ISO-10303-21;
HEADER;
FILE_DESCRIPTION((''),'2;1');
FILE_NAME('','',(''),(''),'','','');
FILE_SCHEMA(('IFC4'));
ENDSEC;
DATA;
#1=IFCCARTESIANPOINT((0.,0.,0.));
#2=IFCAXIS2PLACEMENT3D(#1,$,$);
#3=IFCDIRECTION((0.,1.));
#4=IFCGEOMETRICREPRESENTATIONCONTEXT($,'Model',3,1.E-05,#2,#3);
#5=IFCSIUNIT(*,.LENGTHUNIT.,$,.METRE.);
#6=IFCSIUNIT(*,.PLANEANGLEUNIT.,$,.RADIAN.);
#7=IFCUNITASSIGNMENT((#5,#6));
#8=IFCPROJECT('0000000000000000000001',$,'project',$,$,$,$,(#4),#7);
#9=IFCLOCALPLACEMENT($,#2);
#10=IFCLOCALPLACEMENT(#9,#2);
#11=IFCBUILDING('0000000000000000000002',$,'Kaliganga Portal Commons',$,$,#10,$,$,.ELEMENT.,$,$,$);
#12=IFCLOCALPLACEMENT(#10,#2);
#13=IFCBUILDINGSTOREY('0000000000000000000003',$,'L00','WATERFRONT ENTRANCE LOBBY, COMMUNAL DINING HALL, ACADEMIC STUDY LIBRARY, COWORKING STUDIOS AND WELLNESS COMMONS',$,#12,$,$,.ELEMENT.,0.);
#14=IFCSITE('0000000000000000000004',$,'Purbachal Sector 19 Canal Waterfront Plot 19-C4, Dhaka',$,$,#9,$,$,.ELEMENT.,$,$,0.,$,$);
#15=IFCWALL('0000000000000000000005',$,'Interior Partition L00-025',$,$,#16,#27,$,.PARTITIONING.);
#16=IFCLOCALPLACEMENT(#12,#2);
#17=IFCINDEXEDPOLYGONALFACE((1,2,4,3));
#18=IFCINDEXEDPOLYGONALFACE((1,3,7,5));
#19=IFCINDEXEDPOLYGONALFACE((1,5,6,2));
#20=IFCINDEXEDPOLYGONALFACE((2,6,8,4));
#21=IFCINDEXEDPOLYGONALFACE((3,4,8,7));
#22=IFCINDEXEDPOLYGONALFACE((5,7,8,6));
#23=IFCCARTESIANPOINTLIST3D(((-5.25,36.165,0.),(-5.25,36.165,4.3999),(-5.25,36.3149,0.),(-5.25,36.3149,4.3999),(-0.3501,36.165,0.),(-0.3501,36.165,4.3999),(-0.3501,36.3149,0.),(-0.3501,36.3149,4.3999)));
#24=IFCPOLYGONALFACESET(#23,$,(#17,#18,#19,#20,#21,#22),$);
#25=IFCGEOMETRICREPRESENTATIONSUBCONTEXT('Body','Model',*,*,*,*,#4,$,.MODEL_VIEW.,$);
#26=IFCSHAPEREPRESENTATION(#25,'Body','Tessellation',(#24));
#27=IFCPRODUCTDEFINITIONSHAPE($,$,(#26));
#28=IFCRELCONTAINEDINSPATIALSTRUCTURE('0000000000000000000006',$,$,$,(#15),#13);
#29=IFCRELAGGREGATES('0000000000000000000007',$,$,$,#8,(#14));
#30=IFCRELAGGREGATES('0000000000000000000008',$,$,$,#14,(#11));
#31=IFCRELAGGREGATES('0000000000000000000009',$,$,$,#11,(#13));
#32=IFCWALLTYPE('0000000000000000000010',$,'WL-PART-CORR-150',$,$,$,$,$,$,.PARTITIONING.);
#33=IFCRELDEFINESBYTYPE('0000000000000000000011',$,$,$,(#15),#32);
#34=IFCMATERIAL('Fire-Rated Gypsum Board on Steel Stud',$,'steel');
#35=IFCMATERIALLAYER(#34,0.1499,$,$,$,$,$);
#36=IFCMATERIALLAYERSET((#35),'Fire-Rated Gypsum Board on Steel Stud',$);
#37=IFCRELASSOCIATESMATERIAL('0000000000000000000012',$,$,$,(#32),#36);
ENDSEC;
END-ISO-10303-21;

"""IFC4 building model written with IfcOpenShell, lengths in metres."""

from ifc_helpers import new_model, si_unit, direction, frame, frame_2d, origin, place, context, subcontext, project, spatial, rectangle, extrude, material, layer, layer_set, type_object, element, save


model = new_model("IFC4")

# Units and contexts
model_context = context("Model", 3, precision=1e-05, world=origin(), true_north=direction((0.0, 1.0)))
body_context = subcontext(model_context, "Body", "Model", "MODEL_VIEW")
ifc_project = project(units=[si_unit("LENGTHUNIT", "METRE"), si_unit("PLANEANGLEUNIT", "RADIAN")], contexts=[model_context])

# Site, building, storey
site_placement = place(None, origin())
site = spatial("IfcSite", under=ifc_project, at=site_placement, Name="Purbachal Sector 19 Canal Waterfront Plot 19-C4, Dhaka", CompositionType="ELEMENT", RefElevation=0.0)
building_placement = place(site_placement, origin())
building = spatial("IfcBuilding", under=site, at=building_placement, Name="Kaliganga Portal Commons", CompositionType="ELEMENT")
storey_placement = place(building_placement, origin())
storey = spatial("IfcBuildingStorey", under=building, at=storey_placement, Name="L00", Description="WATERFRONT ENTRANCE LOBBY, COMMUNAL DINING HALL, ACADEMIC STUDY LIBRARY, COWORKING STUDIOS AND WELLNESS COMMONS", CompositionType="ELEMENT", Elevation=0.0)

# Shared definitions
ifc_material_1 = material(Name="Fire-Rated Gypsum Board on Steel Stud", Category="steel")
ifc_layer_1 = layer(ifc_material_1, 0.1499)
ifc_layer_set_1 = layer_set([ifc_layer_1], Name="Fire-Rated Gypsum Board on Steel Stud")
wall_type_1 = type_object("IfcWallType", Name="WL-PART-CORR-150", PredefinedType="PARTITIONING", material=ifc_layer_set_1)

# Wall
wall_1_placement = place(storey_placement, frame((-5.25, 36.24, 0.0), z_axis=(0.0, 0.0, 1.0), x_axis=(1.0, 0.0, 0.0)))
element("IfcWall", 1, at=wall_1_placement, inside=storey, type_object=wall_type_1, Name="Interior Partition L00-025", PredefinedType="PARTITIONING", context=body_context, shape_type="SweptSolid", body=[
    extrude(rectangle(XDim=4.8999, YDim=0.1499, at=frame_2d((2.45, 0.0))), origin(), (0.0, 0.0, 1.0), 4.3999),
])

save(model, "model.ifc")
